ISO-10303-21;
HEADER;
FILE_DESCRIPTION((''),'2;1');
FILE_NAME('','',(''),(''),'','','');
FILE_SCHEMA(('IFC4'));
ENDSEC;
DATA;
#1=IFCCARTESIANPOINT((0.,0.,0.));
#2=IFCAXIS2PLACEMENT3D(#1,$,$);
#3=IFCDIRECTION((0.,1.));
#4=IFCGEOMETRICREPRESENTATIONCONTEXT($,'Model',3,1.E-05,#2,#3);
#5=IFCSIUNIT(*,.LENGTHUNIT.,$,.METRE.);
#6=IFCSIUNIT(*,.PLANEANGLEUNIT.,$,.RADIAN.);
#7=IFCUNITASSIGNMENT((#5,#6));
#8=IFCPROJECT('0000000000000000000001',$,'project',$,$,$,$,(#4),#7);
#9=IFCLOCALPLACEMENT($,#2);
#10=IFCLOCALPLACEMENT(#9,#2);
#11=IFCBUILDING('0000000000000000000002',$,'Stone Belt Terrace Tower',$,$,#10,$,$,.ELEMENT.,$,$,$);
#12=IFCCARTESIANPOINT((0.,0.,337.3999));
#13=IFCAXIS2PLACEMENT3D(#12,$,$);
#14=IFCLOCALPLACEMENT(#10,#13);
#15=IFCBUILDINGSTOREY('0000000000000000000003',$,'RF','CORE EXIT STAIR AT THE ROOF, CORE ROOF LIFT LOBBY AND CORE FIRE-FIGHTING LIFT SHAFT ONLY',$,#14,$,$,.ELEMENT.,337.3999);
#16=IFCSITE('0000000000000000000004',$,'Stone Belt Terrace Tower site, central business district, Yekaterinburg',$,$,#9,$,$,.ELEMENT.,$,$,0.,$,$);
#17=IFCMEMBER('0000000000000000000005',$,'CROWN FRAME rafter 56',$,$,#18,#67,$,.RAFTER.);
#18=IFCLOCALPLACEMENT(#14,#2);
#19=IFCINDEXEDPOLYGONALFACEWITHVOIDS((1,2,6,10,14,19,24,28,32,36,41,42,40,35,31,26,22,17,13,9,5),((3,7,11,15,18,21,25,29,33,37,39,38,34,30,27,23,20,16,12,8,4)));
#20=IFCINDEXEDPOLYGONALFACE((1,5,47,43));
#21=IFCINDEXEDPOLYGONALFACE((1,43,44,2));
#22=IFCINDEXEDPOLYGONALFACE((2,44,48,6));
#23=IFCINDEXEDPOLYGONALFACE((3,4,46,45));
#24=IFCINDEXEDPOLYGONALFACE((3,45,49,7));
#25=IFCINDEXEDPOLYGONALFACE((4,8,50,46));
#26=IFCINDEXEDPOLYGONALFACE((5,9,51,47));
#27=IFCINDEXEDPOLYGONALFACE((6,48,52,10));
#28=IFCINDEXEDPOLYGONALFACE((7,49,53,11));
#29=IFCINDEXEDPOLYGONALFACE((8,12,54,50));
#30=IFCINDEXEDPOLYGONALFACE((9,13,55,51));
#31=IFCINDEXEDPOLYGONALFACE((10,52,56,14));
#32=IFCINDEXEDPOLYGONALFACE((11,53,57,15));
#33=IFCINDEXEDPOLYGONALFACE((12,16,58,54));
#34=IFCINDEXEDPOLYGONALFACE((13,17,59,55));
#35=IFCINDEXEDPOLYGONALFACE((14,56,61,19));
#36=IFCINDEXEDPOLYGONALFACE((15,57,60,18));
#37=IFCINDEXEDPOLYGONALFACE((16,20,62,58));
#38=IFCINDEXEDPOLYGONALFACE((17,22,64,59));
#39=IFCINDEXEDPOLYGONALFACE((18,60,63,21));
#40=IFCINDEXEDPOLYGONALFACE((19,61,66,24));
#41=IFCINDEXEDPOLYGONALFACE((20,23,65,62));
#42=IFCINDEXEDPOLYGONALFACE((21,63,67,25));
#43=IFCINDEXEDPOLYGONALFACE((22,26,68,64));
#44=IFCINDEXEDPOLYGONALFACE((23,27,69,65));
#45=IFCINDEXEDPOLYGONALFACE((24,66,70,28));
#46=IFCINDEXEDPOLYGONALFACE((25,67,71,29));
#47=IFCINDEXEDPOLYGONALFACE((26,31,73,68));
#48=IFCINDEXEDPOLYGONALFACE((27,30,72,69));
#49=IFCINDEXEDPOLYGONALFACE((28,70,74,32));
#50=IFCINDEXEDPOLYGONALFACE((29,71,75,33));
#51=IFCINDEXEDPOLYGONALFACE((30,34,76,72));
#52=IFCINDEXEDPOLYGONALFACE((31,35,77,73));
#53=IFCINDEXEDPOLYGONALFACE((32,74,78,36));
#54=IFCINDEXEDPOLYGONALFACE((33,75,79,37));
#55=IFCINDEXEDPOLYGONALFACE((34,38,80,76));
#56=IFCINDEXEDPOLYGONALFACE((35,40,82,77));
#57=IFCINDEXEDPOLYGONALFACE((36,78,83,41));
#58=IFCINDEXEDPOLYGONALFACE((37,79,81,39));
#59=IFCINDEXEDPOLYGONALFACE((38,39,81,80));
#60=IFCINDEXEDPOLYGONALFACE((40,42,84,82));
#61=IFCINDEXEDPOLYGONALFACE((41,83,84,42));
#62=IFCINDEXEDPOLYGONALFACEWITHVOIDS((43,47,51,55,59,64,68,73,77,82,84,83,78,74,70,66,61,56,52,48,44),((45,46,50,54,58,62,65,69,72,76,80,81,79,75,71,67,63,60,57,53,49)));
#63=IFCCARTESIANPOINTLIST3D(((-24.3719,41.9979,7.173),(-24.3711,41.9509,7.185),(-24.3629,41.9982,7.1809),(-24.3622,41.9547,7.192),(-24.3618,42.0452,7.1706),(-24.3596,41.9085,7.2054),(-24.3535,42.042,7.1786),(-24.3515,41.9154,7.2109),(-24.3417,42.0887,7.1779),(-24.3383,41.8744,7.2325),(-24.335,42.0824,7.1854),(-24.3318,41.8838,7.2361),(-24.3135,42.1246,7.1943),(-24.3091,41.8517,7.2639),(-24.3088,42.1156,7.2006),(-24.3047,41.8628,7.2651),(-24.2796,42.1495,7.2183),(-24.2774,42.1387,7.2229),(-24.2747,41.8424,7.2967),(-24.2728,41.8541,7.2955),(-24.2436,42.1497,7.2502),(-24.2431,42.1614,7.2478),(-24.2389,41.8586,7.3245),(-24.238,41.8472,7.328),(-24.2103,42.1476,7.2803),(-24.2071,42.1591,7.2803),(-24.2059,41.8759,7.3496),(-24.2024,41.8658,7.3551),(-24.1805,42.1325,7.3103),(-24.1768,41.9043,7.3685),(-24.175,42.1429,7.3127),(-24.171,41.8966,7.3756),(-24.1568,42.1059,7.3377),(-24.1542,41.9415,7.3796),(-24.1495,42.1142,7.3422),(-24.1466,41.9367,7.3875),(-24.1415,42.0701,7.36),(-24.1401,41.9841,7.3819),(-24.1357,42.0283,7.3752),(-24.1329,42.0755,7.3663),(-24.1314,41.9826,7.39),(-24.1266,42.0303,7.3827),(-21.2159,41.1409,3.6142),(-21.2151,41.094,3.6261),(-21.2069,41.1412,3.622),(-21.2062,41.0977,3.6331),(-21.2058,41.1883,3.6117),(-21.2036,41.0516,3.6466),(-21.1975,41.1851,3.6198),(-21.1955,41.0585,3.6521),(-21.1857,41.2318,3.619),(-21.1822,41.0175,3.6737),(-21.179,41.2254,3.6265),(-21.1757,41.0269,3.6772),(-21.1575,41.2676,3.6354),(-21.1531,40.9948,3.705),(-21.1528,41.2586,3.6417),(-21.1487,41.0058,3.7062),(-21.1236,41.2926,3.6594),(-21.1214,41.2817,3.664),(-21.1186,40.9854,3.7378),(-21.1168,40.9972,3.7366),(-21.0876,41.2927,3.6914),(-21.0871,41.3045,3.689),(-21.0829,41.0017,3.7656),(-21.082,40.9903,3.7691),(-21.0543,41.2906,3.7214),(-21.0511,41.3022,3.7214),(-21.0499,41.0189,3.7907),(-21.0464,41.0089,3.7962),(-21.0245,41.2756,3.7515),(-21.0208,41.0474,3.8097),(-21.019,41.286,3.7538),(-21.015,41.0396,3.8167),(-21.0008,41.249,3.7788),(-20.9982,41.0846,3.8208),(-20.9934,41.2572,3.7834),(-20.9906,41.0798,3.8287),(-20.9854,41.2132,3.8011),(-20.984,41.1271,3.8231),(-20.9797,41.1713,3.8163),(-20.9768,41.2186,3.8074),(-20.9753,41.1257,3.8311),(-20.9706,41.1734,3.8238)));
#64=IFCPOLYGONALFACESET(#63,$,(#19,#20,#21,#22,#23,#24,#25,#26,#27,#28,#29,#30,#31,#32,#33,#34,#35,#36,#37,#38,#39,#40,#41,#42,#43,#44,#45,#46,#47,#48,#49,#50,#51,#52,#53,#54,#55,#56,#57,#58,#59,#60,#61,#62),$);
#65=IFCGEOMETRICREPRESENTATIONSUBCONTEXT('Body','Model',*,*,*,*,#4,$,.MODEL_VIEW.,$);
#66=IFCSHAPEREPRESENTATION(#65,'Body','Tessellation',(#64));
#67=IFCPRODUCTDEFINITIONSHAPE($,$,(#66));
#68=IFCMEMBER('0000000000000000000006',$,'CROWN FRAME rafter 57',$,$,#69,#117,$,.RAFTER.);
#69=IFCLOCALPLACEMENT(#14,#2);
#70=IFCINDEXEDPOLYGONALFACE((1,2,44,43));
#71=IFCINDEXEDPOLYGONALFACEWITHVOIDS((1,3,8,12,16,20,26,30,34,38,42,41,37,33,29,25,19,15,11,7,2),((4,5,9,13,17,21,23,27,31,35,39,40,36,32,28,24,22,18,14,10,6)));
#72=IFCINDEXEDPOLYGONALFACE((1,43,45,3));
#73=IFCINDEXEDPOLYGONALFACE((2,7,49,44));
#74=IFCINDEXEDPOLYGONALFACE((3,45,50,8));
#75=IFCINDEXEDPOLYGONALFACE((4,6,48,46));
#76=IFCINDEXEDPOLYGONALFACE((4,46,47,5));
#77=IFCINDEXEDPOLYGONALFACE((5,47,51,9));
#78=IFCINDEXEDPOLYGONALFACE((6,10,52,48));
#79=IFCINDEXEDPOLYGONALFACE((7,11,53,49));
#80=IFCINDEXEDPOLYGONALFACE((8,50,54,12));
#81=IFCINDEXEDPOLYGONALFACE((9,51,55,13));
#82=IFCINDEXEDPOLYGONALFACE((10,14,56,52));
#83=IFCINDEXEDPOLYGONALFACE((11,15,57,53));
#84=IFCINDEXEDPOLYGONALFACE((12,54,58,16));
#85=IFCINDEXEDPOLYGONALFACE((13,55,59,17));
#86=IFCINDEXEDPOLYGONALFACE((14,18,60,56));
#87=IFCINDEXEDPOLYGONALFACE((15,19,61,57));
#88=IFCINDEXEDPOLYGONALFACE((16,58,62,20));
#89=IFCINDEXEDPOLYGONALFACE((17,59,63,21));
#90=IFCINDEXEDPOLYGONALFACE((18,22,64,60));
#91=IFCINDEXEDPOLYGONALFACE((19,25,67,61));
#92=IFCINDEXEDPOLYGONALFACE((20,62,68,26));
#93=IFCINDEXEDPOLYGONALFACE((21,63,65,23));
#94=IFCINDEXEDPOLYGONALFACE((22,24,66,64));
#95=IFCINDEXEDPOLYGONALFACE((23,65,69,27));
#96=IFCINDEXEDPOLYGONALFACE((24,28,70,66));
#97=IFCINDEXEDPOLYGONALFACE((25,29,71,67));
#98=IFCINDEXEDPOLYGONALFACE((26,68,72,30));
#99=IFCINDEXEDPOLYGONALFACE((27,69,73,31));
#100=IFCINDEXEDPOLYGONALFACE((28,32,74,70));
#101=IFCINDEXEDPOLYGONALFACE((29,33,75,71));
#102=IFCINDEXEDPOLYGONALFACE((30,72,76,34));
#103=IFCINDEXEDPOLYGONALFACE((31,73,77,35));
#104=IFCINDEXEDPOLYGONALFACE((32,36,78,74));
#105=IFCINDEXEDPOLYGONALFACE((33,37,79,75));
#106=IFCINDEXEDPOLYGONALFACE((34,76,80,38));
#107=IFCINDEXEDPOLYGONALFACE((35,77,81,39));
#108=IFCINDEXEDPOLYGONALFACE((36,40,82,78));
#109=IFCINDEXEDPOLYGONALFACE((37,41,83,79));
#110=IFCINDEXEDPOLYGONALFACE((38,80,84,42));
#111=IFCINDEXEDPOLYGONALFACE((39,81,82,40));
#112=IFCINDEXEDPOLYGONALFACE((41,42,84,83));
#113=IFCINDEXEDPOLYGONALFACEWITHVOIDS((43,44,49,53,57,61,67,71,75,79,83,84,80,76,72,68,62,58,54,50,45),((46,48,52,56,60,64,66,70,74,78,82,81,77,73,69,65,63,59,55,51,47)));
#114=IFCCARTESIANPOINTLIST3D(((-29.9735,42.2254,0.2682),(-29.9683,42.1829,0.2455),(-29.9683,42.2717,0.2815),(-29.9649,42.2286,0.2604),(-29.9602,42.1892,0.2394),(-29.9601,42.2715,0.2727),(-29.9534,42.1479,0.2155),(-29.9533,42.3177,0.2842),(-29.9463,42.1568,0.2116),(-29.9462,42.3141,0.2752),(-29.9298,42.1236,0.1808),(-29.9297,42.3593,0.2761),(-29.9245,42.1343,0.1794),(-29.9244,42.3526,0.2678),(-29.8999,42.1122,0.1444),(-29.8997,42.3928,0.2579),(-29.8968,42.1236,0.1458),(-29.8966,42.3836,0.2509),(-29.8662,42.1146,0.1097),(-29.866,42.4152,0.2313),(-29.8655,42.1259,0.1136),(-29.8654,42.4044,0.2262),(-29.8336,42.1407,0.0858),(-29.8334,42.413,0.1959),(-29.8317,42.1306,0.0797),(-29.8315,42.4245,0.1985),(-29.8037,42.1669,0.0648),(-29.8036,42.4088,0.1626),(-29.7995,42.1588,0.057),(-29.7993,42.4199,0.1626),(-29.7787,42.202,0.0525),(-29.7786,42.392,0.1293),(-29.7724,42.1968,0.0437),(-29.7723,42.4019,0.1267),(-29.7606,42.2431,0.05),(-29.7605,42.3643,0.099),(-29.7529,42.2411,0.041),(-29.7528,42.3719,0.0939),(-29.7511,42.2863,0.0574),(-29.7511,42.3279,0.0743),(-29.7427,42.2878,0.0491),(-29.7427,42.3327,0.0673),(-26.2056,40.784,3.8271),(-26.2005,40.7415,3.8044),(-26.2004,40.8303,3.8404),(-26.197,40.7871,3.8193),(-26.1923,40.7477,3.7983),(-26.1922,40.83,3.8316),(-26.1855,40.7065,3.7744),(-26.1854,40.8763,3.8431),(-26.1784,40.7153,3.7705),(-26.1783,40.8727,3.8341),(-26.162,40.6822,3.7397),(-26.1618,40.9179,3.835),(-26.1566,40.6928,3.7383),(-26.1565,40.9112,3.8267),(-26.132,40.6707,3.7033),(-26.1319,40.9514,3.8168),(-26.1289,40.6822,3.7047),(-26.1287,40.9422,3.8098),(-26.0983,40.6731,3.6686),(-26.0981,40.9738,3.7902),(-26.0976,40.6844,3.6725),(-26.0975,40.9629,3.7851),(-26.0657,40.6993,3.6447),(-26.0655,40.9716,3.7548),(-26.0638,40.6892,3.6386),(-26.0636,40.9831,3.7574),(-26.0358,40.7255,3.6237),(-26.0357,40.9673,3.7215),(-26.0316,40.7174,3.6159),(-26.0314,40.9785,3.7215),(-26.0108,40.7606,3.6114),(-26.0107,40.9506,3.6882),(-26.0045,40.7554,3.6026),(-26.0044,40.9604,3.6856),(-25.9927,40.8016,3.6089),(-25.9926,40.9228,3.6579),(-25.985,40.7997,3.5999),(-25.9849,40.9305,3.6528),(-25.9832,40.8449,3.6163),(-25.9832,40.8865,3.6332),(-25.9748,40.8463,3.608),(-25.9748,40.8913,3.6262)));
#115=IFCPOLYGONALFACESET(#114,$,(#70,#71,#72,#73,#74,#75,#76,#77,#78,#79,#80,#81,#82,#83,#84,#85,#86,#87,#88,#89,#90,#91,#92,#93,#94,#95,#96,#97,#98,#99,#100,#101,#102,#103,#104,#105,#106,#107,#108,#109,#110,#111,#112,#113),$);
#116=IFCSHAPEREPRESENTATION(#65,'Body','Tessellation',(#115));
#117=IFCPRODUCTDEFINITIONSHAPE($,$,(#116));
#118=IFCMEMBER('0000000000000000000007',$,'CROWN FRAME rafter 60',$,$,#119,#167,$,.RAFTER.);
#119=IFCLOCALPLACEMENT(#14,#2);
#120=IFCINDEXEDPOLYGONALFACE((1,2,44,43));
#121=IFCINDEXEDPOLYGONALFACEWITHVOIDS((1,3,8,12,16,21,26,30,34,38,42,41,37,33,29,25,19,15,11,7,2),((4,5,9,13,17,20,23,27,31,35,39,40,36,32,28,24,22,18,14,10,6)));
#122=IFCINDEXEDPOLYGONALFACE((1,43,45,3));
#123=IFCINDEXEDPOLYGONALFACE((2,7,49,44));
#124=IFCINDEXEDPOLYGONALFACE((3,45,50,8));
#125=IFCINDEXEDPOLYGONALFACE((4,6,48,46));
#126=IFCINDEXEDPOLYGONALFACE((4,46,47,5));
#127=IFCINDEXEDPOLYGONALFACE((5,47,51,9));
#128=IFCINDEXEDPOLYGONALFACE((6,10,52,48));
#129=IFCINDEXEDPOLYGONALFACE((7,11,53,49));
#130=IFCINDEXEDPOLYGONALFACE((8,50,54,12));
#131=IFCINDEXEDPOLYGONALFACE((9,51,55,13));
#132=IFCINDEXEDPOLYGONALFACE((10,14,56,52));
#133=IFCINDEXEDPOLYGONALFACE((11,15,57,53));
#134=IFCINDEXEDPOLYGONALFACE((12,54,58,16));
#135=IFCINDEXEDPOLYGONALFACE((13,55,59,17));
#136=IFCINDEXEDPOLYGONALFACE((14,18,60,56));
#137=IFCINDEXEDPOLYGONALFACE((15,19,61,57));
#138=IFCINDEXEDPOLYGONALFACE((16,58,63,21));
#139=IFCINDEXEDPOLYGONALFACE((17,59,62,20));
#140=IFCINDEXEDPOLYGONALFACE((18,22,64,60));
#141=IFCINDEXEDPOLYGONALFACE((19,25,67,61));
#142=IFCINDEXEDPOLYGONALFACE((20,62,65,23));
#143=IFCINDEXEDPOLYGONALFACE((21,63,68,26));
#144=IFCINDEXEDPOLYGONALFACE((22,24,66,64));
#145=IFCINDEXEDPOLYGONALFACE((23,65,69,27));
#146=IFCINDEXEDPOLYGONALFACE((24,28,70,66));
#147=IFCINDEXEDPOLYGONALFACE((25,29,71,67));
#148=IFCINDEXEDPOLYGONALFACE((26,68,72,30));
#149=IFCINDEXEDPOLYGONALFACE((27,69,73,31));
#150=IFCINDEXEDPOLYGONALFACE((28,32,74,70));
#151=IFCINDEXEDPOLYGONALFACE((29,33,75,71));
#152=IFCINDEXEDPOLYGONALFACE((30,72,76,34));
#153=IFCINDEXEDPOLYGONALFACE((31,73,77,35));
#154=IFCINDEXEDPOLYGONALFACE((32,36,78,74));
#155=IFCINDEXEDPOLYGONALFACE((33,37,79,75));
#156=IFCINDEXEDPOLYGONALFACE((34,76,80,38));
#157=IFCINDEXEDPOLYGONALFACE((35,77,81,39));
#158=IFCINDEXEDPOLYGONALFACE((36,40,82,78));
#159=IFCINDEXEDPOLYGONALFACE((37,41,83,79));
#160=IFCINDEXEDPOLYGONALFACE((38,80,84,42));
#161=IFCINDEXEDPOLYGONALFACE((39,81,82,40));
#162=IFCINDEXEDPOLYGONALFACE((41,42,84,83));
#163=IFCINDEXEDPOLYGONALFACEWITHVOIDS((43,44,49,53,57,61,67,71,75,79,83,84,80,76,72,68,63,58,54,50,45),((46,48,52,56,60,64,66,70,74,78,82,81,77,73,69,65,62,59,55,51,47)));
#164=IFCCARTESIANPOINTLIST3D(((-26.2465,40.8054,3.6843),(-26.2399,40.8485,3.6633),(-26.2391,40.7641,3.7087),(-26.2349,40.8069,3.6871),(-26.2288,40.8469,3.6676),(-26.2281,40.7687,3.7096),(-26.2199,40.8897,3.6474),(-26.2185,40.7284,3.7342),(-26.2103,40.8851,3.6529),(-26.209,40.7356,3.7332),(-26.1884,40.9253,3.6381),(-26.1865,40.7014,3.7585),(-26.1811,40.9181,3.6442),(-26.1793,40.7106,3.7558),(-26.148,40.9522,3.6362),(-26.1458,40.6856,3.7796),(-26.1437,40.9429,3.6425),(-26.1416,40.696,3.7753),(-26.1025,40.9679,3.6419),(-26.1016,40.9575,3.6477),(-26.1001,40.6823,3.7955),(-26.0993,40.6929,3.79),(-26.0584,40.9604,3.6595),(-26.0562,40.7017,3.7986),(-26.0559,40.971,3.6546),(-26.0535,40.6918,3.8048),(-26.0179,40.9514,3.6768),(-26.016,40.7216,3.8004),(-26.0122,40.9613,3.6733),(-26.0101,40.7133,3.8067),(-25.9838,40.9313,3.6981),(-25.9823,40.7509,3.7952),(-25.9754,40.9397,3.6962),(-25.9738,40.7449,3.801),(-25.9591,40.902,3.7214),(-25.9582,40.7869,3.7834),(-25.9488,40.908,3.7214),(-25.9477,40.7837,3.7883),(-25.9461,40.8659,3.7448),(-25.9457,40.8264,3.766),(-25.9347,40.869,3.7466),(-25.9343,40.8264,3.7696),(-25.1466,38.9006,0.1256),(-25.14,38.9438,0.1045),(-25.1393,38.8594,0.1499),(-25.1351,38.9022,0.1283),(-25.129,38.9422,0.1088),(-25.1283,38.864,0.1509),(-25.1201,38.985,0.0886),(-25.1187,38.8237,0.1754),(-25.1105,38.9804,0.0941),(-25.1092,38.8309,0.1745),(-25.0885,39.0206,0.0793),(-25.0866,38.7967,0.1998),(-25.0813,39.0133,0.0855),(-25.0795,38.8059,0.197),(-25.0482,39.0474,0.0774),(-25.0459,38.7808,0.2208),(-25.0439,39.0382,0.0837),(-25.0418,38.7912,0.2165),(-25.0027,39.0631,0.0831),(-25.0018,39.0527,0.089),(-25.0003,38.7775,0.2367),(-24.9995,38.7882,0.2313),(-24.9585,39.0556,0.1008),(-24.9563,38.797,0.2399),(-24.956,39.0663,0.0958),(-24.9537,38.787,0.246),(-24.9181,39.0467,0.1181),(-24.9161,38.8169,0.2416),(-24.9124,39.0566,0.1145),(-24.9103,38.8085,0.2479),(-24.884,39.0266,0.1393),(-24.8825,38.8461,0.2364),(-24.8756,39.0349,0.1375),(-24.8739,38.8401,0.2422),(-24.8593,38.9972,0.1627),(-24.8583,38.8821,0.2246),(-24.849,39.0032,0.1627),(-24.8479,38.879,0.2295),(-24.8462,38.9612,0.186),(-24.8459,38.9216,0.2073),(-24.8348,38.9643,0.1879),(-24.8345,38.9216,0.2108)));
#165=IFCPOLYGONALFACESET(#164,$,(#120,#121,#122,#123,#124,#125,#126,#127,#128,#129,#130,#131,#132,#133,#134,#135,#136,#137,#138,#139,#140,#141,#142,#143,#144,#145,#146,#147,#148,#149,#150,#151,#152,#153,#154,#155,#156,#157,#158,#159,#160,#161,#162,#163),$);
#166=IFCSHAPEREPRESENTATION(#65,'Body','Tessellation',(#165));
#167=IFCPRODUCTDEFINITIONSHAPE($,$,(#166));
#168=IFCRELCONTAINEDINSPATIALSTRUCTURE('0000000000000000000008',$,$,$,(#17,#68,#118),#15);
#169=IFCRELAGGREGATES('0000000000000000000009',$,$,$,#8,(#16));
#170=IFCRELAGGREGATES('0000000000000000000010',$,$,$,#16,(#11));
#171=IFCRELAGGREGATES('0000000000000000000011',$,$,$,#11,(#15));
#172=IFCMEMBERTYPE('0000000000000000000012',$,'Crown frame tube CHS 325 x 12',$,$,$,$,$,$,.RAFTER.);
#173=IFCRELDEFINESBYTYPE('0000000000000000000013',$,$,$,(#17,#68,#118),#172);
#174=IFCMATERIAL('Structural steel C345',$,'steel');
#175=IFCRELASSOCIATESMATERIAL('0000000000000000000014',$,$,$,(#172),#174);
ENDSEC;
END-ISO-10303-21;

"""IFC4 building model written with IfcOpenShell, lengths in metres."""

from ifc_helpers import new_model, si_unit, direction, frame, origin, origin_2d, place, context, subcontext, project, spatial, hollow_circle, extrude, material, material_profile, profile_set, type_object, element, save


model = new_model("IFC4")

# Units and contexts
model_context = context("Model", 3, precision=1e-05, world=origin(), true_north=direction((0.0, 1.0)))
body_context = subcontext(model_context, "Body", "Model", "MODEL_VIEW")
ifc_project = project(units=[si_unit("LENGTHUNIT", "METRE"), si_unit("PLANEANGLEUNIT", "RADIAN")], contexts=[model_context])

# Site, building, storey
site_placement = place(None, origin())
site = spatial("IfcSite", under=ifc_project, at=site_placement, Name="Stone Belt Terrace Tower site, central business district, Yekaterinburg", CompositionType="ELEMENT", RefElevation=0.0)
building_placement = place(site_placement, origin())
building = spatial("IfcBuilding", under=site, at=building_placement, Name="Stone Belt Terrace Tower", CompositionType="ELEMENT")
storey_placement = place(building_placement, frame((0.0, 0.0, 337.3999)))
storey = spatial("IfcBuildingStorey", under=building, at=storey_placement, Name="RF", Description="CORE EXIT STAIR AT THE ROOF, CORE ROOF LIFT LOBBY AND CORE FIRE-FIGHTING LIFT SHAFT ONLY", CompositionType="ELEMENT", Elevation=337.3999)

# Members
ifc_material_1 = material(Name="Structural steel C345", Category="steel")
ifc_material_profile_1 = material_profile(ifc_material_1, hollow_circle(Radius=0.1626, WallThickness=0.012, at=origin_2d()), Name="Structural steel C345 CHS 325x12")
ifc_profile_set_1 = profile_set([ifc_material_profile_1], Name="Structural steel C345")
member_type_1 = type_object("IfcMemberType", Name="Crown frame tube CHS 325 x 12", PredefinedType="RAFTER", material=ifc_profile_set_1)
member_1_placement = place(storey_placement, frame((-24.2498, 42.0022, 7.2803), z_axis=(0.652982, -0.177301, -0.736328), x_axis=(0.262037, 0.965058, 0.0)))
element("IfcMember", 1, at=member_1_placement, inside=storey, type_object=member_type_1, Name="CROWN FRAME rafter 56", PredefinedType="RAFTER", context=body_context, shape_type="SweptSolid", body=[
    extrude(hollow_circle(Radius=0.1626, WallThickness=0.012, at=origin_2d()), origin(), (0.0, 0.0, 1.0), 4.8333),
])
member_2_placement = place(storey_placement, frame((-29.8574, 42.2681, 0.1626), z_axis=(0.700398, -0.267942, 0.66155), x_axis=(0.357304, 0.933988, 0.0)))
element("IfcMember", 2, at=member_2_placement, inside=storey, type_object=member_type_1, Name="CROWN FRAME rafter 57", PredefinedType="RAFTER", context=body_context, shape_type="SweptSolid", body=[
    extrude(hollow_circle(Radius=0.1626, WallThickness=0.012, at=origin_2d()), origin(), (0.0, 0.0, 1.0), 5.3796),
])
member_3_placement = place(storey_placement, frame((-26.0896, 40.8267, 3.7214), z_axis=(0.262891, -0.455289, -0.850647), x_axis=(0.866001, 0.500043, 0.0)))
element("IfcMember", 3, at=member_3_placement, inside=storey, type_object=member_type_1, Name="CROWN FRAME rafter 60", PredefinedType="RAFTER", context=body_context, shape_type="SweptSolid", body=[
    extrude(hollow_circle(Radius=0.1626, WallThickness=0.012, at=origin_2d()), origin(), (0.0, 0.0, 1.0), 4.1836),
])

save(model, "model.ifc")
